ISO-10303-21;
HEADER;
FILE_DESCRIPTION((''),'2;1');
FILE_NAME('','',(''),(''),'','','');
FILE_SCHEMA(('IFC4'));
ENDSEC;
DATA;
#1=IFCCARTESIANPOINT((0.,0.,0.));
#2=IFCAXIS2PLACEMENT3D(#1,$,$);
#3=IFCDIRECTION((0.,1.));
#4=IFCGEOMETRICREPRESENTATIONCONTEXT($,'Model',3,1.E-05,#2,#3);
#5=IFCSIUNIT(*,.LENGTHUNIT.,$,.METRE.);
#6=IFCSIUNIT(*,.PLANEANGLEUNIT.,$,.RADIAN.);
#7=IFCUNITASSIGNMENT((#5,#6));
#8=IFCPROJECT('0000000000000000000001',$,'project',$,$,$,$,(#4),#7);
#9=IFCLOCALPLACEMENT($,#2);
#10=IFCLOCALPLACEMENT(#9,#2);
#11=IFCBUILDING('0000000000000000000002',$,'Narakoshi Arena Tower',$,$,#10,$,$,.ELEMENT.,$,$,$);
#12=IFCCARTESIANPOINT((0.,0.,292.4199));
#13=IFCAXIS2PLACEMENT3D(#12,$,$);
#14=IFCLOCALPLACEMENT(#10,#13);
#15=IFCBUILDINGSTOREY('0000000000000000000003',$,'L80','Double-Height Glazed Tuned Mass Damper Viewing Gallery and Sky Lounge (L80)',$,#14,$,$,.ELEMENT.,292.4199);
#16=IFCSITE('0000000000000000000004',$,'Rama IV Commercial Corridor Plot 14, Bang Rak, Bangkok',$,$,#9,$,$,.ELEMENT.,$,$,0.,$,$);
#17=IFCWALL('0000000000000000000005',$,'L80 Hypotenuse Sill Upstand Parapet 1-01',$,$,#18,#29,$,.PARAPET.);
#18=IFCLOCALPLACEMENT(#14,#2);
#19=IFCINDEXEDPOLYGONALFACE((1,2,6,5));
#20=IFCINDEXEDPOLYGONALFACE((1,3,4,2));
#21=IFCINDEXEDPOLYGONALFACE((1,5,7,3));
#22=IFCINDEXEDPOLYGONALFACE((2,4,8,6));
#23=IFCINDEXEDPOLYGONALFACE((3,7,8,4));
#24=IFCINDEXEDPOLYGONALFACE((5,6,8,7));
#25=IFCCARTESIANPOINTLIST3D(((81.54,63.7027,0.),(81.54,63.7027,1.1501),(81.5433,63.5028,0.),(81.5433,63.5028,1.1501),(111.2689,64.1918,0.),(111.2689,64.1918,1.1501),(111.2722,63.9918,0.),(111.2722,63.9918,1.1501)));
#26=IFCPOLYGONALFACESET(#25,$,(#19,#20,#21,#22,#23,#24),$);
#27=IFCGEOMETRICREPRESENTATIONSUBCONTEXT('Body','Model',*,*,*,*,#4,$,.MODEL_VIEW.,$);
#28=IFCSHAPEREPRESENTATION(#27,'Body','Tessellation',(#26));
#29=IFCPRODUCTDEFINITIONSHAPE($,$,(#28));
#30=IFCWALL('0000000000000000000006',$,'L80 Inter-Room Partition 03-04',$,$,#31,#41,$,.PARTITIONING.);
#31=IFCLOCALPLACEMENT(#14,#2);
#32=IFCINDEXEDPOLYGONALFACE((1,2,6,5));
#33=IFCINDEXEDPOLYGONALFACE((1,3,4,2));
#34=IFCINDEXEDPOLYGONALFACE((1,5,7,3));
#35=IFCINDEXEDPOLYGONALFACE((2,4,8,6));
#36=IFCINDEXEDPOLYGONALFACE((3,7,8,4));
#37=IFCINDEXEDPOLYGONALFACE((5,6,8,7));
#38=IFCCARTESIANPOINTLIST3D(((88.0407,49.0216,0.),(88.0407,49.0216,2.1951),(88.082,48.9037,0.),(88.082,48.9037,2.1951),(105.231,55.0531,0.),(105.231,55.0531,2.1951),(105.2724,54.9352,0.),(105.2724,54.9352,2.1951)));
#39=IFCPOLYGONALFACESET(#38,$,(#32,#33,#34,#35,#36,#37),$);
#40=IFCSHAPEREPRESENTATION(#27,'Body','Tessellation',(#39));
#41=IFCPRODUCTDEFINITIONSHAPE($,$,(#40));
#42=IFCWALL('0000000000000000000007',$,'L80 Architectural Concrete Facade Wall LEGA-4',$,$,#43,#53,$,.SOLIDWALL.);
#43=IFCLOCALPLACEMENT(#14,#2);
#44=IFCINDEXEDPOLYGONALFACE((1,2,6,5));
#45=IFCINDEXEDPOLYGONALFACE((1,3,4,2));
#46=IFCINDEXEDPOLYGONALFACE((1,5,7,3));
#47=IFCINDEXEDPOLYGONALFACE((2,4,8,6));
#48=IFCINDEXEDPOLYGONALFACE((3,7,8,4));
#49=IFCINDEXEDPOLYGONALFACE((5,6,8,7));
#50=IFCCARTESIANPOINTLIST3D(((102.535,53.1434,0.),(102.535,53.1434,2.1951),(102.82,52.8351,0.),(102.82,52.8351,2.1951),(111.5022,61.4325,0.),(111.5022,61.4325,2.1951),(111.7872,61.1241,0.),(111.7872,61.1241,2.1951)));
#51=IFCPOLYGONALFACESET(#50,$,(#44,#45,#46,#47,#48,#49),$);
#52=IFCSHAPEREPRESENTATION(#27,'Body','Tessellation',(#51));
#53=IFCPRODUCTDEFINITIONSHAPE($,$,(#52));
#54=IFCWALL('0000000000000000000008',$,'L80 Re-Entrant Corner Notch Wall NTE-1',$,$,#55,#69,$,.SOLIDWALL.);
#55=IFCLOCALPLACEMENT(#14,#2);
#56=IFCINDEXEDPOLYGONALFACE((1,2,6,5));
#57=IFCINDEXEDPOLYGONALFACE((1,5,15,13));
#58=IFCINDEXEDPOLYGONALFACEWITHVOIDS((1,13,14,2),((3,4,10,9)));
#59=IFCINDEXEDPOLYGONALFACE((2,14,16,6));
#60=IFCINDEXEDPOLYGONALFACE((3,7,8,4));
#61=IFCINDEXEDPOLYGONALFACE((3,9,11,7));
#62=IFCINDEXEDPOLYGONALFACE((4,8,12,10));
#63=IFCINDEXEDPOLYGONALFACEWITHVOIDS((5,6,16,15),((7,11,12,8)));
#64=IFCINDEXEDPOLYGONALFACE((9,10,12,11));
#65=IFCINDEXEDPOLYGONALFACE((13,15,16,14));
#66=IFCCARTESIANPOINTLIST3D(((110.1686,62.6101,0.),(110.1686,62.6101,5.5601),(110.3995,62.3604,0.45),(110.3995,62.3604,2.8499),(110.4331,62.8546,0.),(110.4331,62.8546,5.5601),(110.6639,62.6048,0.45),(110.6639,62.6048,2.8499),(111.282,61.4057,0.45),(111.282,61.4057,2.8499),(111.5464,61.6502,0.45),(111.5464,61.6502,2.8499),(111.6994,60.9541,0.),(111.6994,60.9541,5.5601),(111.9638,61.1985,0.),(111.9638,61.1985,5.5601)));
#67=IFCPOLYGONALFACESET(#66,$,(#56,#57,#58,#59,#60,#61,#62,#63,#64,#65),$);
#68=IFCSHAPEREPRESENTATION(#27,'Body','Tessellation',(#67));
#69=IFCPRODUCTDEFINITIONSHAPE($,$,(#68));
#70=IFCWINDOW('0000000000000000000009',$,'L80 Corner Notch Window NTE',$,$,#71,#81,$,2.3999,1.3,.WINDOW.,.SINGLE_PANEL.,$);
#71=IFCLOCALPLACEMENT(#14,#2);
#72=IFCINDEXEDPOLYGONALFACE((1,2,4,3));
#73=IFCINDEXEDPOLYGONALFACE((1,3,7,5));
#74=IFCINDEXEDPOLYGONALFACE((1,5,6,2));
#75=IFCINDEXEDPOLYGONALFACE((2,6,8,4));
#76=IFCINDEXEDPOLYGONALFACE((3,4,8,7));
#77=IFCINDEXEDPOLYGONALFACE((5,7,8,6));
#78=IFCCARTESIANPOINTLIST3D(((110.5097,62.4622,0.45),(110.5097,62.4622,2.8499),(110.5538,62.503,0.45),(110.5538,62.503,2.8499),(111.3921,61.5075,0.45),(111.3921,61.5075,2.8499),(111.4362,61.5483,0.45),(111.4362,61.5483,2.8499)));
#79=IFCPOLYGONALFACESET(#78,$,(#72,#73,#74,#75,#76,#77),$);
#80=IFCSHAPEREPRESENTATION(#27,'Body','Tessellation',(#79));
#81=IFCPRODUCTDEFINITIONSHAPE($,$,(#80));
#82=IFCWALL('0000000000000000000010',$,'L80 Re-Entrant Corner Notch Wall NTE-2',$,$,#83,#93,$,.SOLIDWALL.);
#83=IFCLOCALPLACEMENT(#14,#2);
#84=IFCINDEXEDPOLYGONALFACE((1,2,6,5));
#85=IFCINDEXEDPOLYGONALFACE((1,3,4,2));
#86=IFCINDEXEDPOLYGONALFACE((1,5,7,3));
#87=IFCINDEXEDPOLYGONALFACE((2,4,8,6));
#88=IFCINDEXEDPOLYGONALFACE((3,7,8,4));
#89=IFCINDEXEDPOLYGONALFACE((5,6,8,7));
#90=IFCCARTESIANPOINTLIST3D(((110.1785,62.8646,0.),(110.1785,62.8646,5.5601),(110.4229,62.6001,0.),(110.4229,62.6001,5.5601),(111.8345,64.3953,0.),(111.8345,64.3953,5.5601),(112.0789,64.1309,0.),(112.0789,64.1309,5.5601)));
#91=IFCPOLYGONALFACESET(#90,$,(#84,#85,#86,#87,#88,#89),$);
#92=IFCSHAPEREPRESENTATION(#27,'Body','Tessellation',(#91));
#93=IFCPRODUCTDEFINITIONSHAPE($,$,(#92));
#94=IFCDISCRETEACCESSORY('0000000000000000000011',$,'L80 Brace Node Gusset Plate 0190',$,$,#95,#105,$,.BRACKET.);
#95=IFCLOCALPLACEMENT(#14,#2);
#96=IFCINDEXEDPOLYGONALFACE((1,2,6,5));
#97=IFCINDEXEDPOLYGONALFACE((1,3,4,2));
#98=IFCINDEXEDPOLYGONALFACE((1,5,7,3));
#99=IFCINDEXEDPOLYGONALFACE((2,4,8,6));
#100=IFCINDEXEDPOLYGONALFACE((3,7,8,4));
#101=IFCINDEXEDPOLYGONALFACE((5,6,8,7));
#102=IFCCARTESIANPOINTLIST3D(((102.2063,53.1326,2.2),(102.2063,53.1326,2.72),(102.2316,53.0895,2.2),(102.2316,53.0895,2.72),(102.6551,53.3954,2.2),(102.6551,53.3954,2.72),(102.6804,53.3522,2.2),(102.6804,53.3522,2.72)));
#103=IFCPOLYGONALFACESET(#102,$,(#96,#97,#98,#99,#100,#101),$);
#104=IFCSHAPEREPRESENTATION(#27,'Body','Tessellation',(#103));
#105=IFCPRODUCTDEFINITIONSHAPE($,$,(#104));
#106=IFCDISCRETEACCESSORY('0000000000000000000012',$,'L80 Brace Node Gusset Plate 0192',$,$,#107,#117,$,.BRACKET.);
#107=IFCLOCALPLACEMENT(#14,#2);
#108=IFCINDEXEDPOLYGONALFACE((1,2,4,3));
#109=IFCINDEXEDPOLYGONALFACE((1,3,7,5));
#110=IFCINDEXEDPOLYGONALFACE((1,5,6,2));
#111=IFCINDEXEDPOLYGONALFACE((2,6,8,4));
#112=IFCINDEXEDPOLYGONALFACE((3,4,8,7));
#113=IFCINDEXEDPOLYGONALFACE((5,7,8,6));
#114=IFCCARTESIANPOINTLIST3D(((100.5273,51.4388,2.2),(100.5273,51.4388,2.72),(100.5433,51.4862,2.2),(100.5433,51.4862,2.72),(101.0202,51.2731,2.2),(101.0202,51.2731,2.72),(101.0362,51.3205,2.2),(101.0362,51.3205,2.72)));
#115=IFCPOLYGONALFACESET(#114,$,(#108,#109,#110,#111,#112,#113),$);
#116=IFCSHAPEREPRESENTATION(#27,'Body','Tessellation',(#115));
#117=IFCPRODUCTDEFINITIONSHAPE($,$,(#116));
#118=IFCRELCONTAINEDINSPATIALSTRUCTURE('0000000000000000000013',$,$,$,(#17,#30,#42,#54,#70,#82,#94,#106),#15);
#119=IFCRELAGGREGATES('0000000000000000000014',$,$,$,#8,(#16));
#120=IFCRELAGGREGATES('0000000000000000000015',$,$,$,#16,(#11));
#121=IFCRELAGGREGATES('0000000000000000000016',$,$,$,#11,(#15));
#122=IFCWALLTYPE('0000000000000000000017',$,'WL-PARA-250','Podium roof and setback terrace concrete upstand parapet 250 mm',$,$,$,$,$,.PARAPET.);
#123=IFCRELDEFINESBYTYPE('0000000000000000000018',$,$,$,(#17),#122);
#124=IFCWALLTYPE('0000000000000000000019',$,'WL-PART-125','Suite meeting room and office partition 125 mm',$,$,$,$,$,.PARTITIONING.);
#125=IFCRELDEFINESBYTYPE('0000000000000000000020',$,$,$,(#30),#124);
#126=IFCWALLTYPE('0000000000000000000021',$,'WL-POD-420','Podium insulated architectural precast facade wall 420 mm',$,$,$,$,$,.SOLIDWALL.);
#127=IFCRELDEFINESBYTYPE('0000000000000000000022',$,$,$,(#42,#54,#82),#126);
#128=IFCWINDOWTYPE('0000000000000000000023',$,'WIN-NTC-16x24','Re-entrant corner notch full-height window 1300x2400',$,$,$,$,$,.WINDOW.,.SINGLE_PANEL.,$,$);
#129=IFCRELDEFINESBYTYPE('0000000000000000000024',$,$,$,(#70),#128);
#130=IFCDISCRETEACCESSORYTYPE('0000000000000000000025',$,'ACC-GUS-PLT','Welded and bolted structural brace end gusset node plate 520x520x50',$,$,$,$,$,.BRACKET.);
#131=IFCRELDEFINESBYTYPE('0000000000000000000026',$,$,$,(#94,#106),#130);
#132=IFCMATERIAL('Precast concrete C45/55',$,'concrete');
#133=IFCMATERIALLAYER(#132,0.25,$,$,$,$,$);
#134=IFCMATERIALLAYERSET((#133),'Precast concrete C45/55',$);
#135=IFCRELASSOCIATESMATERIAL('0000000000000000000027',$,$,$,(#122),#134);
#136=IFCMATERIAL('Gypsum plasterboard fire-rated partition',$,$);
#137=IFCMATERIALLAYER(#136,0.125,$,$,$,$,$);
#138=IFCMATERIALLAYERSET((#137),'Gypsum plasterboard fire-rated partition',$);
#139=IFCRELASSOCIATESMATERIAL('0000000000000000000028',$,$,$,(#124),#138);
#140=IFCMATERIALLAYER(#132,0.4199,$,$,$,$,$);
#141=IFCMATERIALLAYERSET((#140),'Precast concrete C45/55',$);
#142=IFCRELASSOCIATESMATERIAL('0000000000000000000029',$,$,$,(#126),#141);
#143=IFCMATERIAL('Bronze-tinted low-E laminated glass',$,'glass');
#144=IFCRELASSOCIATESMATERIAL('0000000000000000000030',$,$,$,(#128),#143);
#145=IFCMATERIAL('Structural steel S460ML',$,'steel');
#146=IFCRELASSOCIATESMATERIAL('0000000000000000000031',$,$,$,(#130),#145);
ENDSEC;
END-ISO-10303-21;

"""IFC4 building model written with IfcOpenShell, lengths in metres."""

from ifc_helpers import new_model, si_unit, direction, frame, frame_2d, origin, origin_2d, place, context, subcontext, project, spatial, rectangle, extrude, material, layer, layer_set, type_object, element, fill, save


model = new_model("IFC4")

# Units and contexts
model_context = context("Model", 3, precision=1e-05, world=origin(), true_north=direction((0.0, 1.0)))
body_context = subcontext(model_context, "Body", "Model", "MODEL_VIEW")
ifc_project = project(units=[si_unit("LENGTHUNIT", "METRE"), si_unit("PLANEANGLEUNIT", "RADIAN")], contexts=[model_context])

# Site, building, storey
site_placement = place(None, origin())
site = spatial("IfcSite", under=ifc_project, at=site_placement, Name="Rama IV Commercial Corridor Plot 14, Bang Rak, Bangkok", CompositionType="ELEMENT", RefElevation=0.0)
building_placement = place(site_placement, origin())
building = spatial("IfcBuilding", under=site, at=building_placement, Name="Narakoshi Arena Tower", CompositionType="ELEMENT")
storey_placement = place(building_placement, frame((0.0, 0.0, 292.4199)))
storey = spatial("IfcBuildingStorey", under=building, at=storey_placement, Name="L80", Description="Double-Height Glazed Tuned Mass Damper Viewing Gallery and Sky Lounge (L80)", CompositionType="ELEMENT", Elevation=292.4199)

# Shared definitions
ifc_material_1 = material(Name="Structural steel S460ML", Category="steel")

# Walls
ifc_material_2 = material(Name="Precast concrete C45/55", Category="concrete")
ifc_layer_1 = layer(ifc_material_2, 0.25)
ifc_layer_set_1 = layer_set([ifc_layer_1], Name="Precast concrete C45/55")
wall_type_1 = type_object("IfcWallType", Name="WL-PARA-250", Description="Podium roof and setback terrace concrete upstand parapet 250 mm", PredefinedType="PARAPET", material=ifc_layer_set_1)
wall_1_placement = place(storey_placement, frame((111.2705, 64.0918, 0.0), z_axis=(0.0, 0.0, 1.0), x_axis=(-0.999865, -0.016447, 0.0)))
element("IfcWall", 1, at=wall_1_placement, inside=storey, type_object=wall_type_1, Name="L80 Hypotenuse Sill Upstand Parapet 1-01", PredefinedType="PARAPET", context=body_context, shape_type="SweptSolid", body=[
    extrude(rectangle(XDim=29.7329, YDim=0.2, at=frame_2d((14.8665, 0.0))), origin(), (0.0, 0.0, 1.0), 1.1501),
])
ifc_material_3 = material(Name="Gypsum plasterboard fire-rated partition")
ifc_layer_2 = layer(ifc_material_3, 0.125)
ifc_layer_set_2 = layer_set([ifc_layer_2], Name="Gypsum plasterboard fire-rated partition")
wall_type_2 = type_object("IfcWallType", Name="WL-PART-125", Description="Suite meeting room and office partition 125 mm", PredefinedType="PARTITIONING", material=ifc_layer_set_2)
wall_2_placement = place(storey_placement, frame((105.2517, 54.9941, 0.0), z_axis=(0.0, 0.0, 1.0), x_axis=(-0.943604, -0.331076, 0.0)))
element("IfcWall", 2, at=wall_2_placement, inside=storey, type_object=wall_type_2, Name="L80 Inter-Room Partition 03-04", PredefinedType="PARTITIONING", context=body_context, shape_type="SweptSolid", body=[
    extrude(rectangle(XDim=18.2178, YDim=0.125, at=frame_2d((9.1089, 0.0))), origin(), (0.0, 0.0, 1.0), 2.1951),
])
ifc_layer_3 = layer(ifc_material_2, 0.4199)
ifc_layer_set_3 = layer_set([ifc_layer_3], Name="Precast concrete C45/55")
wall_type_3 = type_object("IfcWallType", Name="WL-POD-420", Description="Podium insulated architectural precast facade wall 420 mm", PredefinedType="SOLIDWALL", material=ifc_layer_set_3)
wall_3_placement = place(storey_placement, frame((102.6775, 52.9893, 0.0), z_axis=(0.0, 0.0, 1.0), x_axis=(0.734331, 0.678791, 0.0)))
element("IfcWall", 3, at=wall_3_placement, inside=storey, type_object=wall_type_3, Name="L80 Architectural Concrete Facade Wall LEGA-4", PredefinedType="SOLIDWALL", context=body_context, shape_type="SweptSolid", body=[
    extrude(rectangle(XDim=12.2114, YDim=0.4199, at=frame_2d((6.1057, 0.0))), origin(), (0.0, 0.0, 1.0), 2.1951),
])

# Wall, opening, window
wall_4_placement = place(storey_placement, frame((111.8315, 61.0764, 0.0), z_axis=(0.0, 0.0, 1.0), x_axis=(-0.678793, 0.73433, 0.0)))
wall_4 = element("IfcWall", 4, at=wall_4_placement, inside=storey, type_object=wall_type_3, Name="L80 Re-Entrant Corner Notch Wall NTE-1", PredefinedType="SOLIDWALL", context=body_context, shape_type="SweptSolid", body=[
    extrude(rectangle(XDim=2.2551, YDim=0.3601, at=frame_2d((1.1274, 0.0))), origin(), (0.0, 0.0, 1.0), 5.5601),
])
opening_placement = place(wall_4_placement, frame((0.615, 0.0, 0.45)))
opening = element("IfcOpeningElement", 5, at=opening_placement, cuts=wall_4, PredefinedType="OPENING", context=body_context, shape_type="SweptSolid", body=[
    extrude(rectangle(XDim=1.3, YDim=2.3999, at=frame_2d((0.6499, 1.2))), frame((0.0, 0.1899, 0.0), z_axis=(0.0, -1.0, 0.0), x_axis=(1.0, 0.0, 0.0)), (0.0, 0.0, 1.0), 0.3801),
])
ifc_material_4 = material(Name="Bronze-tinted low-E laminated glass", Category="glass")
window_type = type_object("IfcWindowType", Name="WIN-NTC-16x24", Description="Re-entrant corner notch full-height window 1300x2400", PartitioningType="SINGLE_PANEL", PredefinedType="WINDOW", material=ifc_material_4)
window_placement = place(opening_placement, origin())
window = element("IfcWindow", 6, at=window_placement, inside=storey, type_object=window_type, Name="L80 Corner Notch Window NTE", OverallHeight=2.3999, OverallWidth=1.3, PartitioningType="SINGLE_PANEL", PredefinedType="WINDOW", context=body_context, shape_type="SweptSolid", body=[
    extrude(rectangle(XDim=1.3, YDim=2.3999, at=frame_2d((0.6499, 1.2))), frame((0.0, 0.03, 0.0), z_axis=(0.0, -1.0, 0.0), x_axis=(1.0, 0.0, 0.0)), (0.0, 0.0, 1.0), 0.0601),
])
fill(opening, window)

# Wall
wall_5_placement = place(storey_placement, frame((110.3008, 62.7324, 0.0), z_axis=(0.0, 0.0, 1.0), x_axis=(0.73433, 0.678793, 0.0)))
element("IfcWall", 7, at=wall_5_placement, inside=storey, type_object=wall_type_3, Name="L80 Re-Entrant Corner Notch Wall NTE-2", PredefinedType="SOLIDWALL", context=body_context, shape_type="SweptSolid", body=[
    extrude(rectangle(XDim=2.2551, YDim=0.3601, at=frame_2d((1.1274, 0.0))), origin(), (0.0, 0.0, 1.0), 5.5601),
])

# Discrete accessories
discrete_accessory_type = type_object("IfcDiscreteAccessoryType", Name="ACC-GUS-PLT", Description="Welded and bolted structural brace end gusset node plate 520x520x50", PredefinedType="BRACKET", material=ifc_material_1)
for number, where, z_axis, x_axis, name in (
    (8, (102.4434, 53.2424, 2.2), (0.0, 0.0, 1.0), (0.862955, 0.505281, 0.0), "L80 Brace Node Gusset Plate 0190"),
    (9, (100.7817, 51.3796, 2.2), (0.0, 0.0, 1.0), (-0.94788, 0.318628, 0.0), "L80 Brace Node Gusset Plate 0192"),
):
    element("IfcDiscreteAccessory", number, at=place(storey_placement, frame(where, z_axis=z_axis, x_axis=x_axis)), inside=storey, type_object=discrete_accessory_type, Name=name, PredefinedType="BRACKET", context=body_context, shape_type="SweptSolid", body=[
        extrude(rectangle(XDim=0.52, YDim=0.05, at=origin_2d()), origin(), (0.0, 0.0, 1.0), 0.52),
    ])

save(model, "model.ifc")
